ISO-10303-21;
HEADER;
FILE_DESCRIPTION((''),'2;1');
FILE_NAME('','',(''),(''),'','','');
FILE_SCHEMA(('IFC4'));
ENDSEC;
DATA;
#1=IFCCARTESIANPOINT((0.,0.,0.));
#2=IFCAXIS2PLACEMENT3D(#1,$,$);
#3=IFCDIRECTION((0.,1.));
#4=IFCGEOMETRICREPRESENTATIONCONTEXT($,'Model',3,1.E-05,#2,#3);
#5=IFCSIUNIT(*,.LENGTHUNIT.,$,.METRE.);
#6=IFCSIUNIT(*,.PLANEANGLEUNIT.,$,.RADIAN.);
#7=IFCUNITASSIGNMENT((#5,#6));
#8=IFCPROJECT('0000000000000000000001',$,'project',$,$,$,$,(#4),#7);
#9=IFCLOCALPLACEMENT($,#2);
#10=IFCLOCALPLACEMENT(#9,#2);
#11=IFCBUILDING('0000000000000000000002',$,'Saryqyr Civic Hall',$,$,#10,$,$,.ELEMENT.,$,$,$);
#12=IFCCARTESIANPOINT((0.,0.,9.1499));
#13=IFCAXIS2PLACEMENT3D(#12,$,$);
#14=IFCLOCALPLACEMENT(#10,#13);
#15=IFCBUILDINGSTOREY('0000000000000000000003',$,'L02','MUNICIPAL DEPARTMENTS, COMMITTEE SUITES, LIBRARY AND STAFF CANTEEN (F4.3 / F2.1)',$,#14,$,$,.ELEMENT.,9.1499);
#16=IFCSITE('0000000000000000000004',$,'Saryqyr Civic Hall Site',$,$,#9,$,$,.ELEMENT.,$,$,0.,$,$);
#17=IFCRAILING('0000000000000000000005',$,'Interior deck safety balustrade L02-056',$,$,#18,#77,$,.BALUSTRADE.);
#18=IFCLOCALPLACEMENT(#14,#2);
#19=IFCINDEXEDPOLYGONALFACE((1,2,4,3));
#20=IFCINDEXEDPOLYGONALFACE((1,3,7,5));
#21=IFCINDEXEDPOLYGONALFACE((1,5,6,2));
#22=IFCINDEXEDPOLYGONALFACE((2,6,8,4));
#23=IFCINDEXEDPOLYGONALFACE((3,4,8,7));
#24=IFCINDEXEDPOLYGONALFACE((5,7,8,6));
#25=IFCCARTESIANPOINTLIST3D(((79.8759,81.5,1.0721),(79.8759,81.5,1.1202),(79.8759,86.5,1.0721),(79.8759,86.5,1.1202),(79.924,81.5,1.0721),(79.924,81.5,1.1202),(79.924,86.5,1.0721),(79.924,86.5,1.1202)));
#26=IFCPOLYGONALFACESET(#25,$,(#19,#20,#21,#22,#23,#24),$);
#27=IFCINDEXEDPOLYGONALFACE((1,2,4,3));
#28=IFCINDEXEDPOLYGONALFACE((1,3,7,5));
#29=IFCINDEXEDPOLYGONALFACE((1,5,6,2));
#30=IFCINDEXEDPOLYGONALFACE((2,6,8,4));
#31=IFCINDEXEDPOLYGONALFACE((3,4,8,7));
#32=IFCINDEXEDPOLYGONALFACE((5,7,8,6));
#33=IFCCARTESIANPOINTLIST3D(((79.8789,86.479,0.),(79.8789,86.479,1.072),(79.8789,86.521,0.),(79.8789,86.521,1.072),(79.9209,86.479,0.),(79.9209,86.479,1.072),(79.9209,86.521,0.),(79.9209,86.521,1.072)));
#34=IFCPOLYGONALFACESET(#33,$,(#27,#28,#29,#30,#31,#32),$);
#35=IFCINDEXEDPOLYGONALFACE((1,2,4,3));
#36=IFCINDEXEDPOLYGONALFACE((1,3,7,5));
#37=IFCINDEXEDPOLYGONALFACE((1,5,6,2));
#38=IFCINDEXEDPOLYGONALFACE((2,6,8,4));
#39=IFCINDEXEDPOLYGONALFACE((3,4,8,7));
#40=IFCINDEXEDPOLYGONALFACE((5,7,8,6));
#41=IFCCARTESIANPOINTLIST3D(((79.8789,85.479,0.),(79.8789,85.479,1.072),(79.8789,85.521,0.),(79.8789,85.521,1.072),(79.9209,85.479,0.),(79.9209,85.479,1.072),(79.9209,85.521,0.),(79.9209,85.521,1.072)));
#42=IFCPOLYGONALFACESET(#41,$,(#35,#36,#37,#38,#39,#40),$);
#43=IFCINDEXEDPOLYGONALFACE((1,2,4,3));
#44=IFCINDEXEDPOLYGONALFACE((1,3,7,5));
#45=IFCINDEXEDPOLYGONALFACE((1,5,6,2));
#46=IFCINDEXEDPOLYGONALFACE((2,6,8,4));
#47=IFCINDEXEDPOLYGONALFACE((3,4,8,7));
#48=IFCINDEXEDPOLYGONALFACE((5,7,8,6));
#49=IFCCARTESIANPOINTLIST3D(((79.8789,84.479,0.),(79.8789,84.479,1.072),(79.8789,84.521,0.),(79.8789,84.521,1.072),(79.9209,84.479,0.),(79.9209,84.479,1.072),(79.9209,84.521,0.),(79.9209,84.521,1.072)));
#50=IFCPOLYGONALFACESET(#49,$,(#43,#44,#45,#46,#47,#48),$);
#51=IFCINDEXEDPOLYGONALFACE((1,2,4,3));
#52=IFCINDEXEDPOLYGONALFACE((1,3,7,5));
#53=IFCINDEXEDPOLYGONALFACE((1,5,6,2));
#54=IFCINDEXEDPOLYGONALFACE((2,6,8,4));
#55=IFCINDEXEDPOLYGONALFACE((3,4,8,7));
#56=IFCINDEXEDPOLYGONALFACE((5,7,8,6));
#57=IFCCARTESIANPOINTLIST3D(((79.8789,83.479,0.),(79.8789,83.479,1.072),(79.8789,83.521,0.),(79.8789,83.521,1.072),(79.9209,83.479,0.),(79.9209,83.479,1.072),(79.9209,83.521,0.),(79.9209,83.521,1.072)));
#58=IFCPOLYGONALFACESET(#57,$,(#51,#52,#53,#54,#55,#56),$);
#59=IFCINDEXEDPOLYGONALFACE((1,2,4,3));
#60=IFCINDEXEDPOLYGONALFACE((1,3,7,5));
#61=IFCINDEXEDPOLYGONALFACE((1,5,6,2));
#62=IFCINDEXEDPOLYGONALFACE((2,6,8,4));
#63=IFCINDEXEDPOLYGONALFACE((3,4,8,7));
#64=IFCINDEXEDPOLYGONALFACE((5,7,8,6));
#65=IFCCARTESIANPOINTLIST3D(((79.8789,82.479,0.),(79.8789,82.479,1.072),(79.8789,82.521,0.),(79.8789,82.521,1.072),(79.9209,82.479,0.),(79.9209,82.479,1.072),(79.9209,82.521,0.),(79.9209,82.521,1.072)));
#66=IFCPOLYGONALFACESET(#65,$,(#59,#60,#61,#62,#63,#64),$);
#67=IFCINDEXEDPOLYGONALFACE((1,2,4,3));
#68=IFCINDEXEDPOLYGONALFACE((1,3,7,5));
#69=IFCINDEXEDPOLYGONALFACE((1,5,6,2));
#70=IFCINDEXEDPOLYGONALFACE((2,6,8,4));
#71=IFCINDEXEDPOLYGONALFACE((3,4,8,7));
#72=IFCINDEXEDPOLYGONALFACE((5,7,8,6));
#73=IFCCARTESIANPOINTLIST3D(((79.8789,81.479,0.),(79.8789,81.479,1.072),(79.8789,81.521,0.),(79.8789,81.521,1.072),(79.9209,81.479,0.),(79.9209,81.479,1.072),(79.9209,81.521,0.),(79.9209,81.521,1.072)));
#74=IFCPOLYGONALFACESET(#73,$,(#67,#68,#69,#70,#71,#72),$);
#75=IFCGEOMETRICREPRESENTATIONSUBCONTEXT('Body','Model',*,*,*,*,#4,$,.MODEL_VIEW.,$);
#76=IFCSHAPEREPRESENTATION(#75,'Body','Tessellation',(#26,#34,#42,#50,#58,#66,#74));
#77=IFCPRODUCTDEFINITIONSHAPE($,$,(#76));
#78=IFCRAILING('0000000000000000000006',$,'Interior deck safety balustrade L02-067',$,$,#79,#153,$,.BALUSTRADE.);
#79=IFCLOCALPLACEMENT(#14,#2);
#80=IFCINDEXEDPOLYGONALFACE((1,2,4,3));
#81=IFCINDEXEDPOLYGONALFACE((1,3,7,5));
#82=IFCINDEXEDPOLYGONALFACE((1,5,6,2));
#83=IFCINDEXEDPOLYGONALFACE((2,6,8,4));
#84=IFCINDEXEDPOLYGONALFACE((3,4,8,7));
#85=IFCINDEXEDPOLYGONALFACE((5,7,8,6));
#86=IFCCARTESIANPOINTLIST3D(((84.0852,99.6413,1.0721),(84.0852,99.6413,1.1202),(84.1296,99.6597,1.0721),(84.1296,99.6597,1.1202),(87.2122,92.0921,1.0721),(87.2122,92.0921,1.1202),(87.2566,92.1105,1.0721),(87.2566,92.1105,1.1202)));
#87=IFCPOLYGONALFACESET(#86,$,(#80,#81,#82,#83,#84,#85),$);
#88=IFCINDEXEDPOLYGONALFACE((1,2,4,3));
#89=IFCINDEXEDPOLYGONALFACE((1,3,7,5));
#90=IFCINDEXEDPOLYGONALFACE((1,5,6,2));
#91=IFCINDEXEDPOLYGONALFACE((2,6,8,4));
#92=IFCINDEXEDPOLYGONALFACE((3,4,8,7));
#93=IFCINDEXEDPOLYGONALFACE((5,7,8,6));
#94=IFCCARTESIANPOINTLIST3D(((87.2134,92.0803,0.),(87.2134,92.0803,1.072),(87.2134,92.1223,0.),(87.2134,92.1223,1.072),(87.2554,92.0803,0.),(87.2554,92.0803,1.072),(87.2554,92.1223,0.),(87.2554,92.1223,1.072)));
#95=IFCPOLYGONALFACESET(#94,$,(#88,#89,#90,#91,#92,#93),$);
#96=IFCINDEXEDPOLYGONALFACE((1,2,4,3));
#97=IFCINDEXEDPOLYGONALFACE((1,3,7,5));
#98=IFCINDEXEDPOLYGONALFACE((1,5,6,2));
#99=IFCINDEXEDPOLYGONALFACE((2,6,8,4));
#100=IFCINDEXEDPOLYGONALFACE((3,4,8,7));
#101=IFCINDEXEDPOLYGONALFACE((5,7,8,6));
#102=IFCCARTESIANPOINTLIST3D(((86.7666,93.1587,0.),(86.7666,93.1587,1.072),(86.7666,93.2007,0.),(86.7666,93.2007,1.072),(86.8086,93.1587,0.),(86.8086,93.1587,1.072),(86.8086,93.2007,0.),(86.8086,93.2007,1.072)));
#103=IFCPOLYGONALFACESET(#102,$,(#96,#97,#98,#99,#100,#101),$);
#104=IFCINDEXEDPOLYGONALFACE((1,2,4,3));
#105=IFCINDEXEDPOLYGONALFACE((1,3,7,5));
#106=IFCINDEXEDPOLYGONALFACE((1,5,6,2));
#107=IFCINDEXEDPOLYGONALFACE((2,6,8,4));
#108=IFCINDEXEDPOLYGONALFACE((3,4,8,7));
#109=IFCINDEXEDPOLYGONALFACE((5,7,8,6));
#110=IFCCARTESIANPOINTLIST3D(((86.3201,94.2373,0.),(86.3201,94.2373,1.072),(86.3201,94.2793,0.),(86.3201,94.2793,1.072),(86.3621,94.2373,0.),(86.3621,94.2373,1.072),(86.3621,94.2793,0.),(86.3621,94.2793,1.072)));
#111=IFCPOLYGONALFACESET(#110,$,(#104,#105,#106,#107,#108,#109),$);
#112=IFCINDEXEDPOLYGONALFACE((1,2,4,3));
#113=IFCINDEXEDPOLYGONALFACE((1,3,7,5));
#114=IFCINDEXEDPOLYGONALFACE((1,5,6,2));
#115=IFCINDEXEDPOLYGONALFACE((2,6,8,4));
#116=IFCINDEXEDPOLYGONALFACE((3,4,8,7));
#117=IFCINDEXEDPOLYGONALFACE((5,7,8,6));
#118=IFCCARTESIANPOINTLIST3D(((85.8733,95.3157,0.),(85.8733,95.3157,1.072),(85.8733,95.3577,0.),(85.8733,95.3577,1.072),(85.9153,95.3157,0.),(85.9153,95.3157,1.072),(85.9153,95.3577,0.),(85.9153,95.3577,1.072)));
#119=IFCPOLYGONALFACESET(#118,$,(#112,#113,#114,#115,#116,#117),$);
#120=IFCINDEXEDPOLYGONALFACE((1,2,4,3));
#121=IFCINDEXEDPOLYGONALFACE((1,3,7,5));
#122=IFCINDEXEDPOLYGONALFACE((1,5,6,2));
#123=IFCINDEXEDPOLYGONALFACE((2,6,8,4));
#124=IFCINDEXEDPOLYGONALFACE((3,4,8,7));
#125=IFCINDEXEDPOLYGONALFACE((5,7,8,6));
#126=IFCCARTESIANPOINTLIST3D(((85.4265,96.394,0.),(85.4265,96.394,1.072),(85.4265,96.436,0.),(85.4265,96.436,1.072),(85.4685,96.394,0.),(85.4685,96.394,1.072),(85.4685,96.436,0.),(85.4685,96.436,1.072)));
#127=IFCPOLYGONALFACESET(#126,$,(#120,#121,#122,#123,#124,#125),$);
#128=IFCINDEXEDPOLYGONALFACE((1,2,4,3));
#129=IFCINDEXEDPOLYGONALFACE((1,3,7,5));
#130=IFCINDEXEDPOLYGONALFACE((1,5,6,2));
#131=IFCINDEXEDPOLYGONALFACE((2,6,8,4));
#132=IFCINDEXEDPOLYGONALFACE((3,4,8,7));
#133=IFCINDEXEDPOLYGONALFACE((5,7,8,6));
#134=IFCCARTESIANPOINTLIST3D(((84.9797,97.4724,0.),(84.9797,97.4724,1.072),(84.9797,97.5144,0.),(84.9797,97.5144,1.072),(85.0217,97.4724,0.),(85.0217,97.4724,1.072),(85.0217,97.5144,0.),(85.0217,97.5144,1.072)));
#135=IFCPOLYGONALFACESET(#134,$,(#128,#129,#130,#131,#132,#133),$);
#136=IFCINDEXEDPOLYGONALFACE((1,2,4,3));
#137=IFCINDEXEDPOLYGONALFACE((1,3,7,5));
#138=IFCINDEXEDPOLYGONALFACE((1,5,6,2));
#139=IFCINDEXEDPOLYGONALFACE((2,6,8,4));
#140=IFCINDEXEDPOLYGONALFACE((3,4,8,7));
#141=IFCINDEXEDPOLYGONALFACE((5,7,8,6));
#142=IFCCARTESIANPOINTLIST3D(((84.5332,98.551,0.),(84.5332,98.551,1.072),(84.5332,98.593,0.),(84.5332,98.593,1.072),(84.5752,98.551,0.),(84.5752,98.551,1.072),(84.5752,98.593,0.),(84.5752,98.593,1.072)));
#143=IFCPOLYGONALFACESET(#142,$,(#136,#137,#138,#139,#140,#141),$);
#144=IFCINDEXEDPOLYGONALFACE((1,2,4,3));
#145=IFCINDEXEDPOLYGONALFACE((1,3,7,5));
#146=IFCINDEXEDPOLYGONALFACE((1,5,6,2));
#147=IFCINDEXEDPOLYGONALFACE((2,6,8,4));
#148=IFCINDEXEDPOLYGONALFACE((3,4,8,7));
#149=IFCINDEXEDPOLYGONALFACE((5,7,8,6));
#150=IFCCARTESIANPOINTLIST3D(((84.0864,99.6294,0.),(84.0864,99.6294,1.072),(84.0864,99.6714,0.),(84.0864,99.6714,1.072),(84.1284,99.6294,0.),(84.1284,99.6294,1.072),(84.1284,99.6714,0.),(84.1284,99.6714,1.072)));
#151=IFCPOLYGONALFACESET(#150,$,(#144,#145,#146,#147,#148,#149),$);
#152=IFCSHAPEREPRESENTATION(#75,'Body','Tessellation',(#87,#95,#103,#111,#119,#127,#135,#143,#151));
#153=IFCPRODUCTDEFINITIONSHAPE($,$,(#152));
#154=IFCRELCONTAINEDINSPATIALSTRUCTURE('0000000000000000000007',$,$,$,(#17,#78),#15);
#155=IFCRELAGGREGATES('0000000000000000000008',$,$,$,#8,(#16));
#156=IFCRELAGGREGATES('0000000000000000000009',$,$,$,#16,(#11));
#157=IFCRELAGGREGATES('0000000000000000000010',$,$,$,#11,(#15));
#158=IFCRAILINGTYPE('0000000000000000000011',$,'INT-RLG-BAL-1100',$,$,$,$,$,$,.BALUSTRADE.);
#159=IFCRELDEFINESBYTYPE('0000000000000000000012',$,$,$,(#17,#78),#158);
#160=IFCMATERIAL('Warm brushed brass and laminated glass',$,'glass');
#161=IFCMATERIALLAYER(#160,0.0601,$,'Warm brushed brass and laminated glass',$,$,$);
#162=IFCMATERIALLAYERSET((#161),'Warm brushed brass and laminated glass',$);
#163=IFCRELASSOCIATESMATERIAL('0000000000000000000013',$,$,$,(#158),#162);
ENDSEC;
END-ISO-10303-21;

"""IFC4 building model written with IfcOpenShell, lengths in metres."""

from ifc_helpers import new_model, si_unit, direction, frame, origin, origin_2d, place, context, subcontext, project, spatial, rectangle, extrude, material, layer, layer_set, type_object, element, save


model = new_model("IFC4")

# Units and contexts
model_context = context("Model", 3, precision=1e-05, world=origin(), true_north=direction((0.0, 1.0)))
body_context = subcontext(model_context, "Body", "Model", "MODEL_VIEW")
ifc_project = project(units=[si_unit("LENGTHUNIT", "METRE"), si_unit("PLANEANGLEUNIT", "RADIAN")], contexts=[model_context])

# Site, building, storey
site_placement = place(None, origin())
site = spatial("IfcSite", under=ifc_project, at=site_placement, Name="Saryqyr Civic Hall Site", CompositionType="ELEMENT", RefElevation=0.0)
building_placement = place(site_placement, origin())
building = spatial("IfcBuilding", under=site, at=building_placement, Name="Saryqyr Civic Hall", CompositionType="ELEMENT")
storey_placement = place(building_placement, frame((0.0, 0.0, 9.1499)))
storey = spatial("IfcBuildingStorey", under=building, at=storey_placement, Name="L02", Description="MUNICIPAL DEPARTMENTS, COMMITTEE SUITES, LIBRARY AND STAFF CANTEEN (F4.3 / F2.1)", CompositionType="ELEMENT", Elevation=9.1499)

# Railings
ifc_material_1 = material(Name="Warm brushed brass and laminated glass", Category="glass")
ifc_layer_1 = layer(ifc_material_1, 0.0601, Name="Warm brushed brass and laminated glass")
ifc_layer_set_1 = layer_set([ifc_layer_1], Name="Warm brushed brass and laminated glass")
railing_type = type_object("IfcRailingType", Name="INT-RLG-BAL-1100", PredefinedType="BALUSTRADE", material=ifc_layer_set_1)
railing_1_placement = place(storey_placement, frame((79.8999, 86.5, 0.0)))
element("IfcRailing", 1, at=railing_1_placement, inside=storey, type_object=railing_type, Name="Interior deck safety balustrade L02-056", PredefinedType="BALUSTRADE", context=body_context, shape_type="SweptSolid", body=[
    extrude(rectangle(XDim=0.0481, YDim=0.0481, at=origin_2d()), frame((0.0, 0.0, 1.0962), z_axis=(0.0, -1.0, 0.0), x_axis=(1.0, 0.0, 0.0)), (0.0, 0.0, 1.0), 5.0),
    extrude(rectangle(XDim=0.042, YDim=0.042, at=origin_2d()), origin(), (0.0, 0.0, 1.0), 1.072),
    extrude(rectangle(XDim=0.042, YDim=0.042, at=origin_2d()), frame((0.0, -1.0, 0.0)), (0.0, 0.0, 1.0), 1.072),
    extrude(rectangle(XDim=0.042, YDim=0.042, at=origin_2d()), frame((0.0, -2.0, 0.0)), (0.0, 0.0, 1.0), 1.072),
    extrude(rectangle(XDim=0.042, YDim=0.042, at=origin_2d()), frame((0.0, -3.0, 0.0)), (0.0, 0.0, 1.0), 1.072),
    extrude(rectangle(XDim=0.042, YDim=0.042, at=origin_2d()), frame((0.0, -4.0, 0.0)), (0.0, 0.0, 1.0), 1.072),
    extrude(rectangle(XDim=0.042, YDim=0.042, at=origin_2d()), frame((0.0, -5.0, 0.0)), (0.0, 0.0, 1.0), 1.072),
])
railing_2_placement = place(storey_placement, frame((87.2344, 92.1013, 0.0)))
element("IfcRailing", 2, at=railing_2_placement, inside=storey, type_object=railing_type, Name="Interior deck safety balustrade L02-067", PredefinedType="BALUSTRADE", context=body_context, shape_type="SweptSolid", body=[
    extrude(rectangle(XDim=0.0481, YDim=0.0481, at=origin_2d()), frame((0.0, 0.0, 1.0962), z_axis=(-0.382686, 0.923878, 0.0), x_axis=(-0.923878, -0.382686, 0.0)), (0.0, 0.0, 1.0), 8.1711),
    extrude(rectangle(XDim=0.042, YDim=0.042, at=origin_2d()), origin(), (0.0, 0.0, 1.0), 1.072),
    extrude(rectangle(XDim=0.042, YDim=0.042, at=origin_2d()), frame((-0.4468, 1.0784, 0.0)), (0.0, 0.0, 1.0), 1.072),
    extrude(rectangle(XDim=0.042, YDim=0.042, at=origin_2d()), frame((-0.8933, 2.157, 0.0)), (0.0, 0.0, 1.0), 1.072),
    extrude(rectangle(XDim=0.042, YDim=0.042, at=origin_2d()), frame((-1.3401, 3.2354, 0.0)), (0.0, 0.0, 1.0), 1.072),
    extrude(rectangle(XDim=0.042, YDim=0.042, at=origin_2d()), frame((-1.7869, 4.3137, 0.0)), (0.0, 0.0, 1.0), 1.072),
    extrude(rectangle(XDim=0.042, YDim=0.042, at=origin_2d()), frame((-2.2336, 5.3921, 0.0)), (0.0, 0.0, 1.0), 1.072),
    extrude(rectangle(XDim=0.042, YDim=0.042, at=origin_2d()), frame((-2.6802, 6.4707, 0.0)), (0.0, 0.0, 1.0), 1.072),
    extrude(rectangle(XDim=0.042, YDim=0.042, at=origin_2d()), frame((-3.127, 7.5491, 0.0)), (0.0, 0.0, 1.0), 1.072),
])

save(model, "model.ifc")
